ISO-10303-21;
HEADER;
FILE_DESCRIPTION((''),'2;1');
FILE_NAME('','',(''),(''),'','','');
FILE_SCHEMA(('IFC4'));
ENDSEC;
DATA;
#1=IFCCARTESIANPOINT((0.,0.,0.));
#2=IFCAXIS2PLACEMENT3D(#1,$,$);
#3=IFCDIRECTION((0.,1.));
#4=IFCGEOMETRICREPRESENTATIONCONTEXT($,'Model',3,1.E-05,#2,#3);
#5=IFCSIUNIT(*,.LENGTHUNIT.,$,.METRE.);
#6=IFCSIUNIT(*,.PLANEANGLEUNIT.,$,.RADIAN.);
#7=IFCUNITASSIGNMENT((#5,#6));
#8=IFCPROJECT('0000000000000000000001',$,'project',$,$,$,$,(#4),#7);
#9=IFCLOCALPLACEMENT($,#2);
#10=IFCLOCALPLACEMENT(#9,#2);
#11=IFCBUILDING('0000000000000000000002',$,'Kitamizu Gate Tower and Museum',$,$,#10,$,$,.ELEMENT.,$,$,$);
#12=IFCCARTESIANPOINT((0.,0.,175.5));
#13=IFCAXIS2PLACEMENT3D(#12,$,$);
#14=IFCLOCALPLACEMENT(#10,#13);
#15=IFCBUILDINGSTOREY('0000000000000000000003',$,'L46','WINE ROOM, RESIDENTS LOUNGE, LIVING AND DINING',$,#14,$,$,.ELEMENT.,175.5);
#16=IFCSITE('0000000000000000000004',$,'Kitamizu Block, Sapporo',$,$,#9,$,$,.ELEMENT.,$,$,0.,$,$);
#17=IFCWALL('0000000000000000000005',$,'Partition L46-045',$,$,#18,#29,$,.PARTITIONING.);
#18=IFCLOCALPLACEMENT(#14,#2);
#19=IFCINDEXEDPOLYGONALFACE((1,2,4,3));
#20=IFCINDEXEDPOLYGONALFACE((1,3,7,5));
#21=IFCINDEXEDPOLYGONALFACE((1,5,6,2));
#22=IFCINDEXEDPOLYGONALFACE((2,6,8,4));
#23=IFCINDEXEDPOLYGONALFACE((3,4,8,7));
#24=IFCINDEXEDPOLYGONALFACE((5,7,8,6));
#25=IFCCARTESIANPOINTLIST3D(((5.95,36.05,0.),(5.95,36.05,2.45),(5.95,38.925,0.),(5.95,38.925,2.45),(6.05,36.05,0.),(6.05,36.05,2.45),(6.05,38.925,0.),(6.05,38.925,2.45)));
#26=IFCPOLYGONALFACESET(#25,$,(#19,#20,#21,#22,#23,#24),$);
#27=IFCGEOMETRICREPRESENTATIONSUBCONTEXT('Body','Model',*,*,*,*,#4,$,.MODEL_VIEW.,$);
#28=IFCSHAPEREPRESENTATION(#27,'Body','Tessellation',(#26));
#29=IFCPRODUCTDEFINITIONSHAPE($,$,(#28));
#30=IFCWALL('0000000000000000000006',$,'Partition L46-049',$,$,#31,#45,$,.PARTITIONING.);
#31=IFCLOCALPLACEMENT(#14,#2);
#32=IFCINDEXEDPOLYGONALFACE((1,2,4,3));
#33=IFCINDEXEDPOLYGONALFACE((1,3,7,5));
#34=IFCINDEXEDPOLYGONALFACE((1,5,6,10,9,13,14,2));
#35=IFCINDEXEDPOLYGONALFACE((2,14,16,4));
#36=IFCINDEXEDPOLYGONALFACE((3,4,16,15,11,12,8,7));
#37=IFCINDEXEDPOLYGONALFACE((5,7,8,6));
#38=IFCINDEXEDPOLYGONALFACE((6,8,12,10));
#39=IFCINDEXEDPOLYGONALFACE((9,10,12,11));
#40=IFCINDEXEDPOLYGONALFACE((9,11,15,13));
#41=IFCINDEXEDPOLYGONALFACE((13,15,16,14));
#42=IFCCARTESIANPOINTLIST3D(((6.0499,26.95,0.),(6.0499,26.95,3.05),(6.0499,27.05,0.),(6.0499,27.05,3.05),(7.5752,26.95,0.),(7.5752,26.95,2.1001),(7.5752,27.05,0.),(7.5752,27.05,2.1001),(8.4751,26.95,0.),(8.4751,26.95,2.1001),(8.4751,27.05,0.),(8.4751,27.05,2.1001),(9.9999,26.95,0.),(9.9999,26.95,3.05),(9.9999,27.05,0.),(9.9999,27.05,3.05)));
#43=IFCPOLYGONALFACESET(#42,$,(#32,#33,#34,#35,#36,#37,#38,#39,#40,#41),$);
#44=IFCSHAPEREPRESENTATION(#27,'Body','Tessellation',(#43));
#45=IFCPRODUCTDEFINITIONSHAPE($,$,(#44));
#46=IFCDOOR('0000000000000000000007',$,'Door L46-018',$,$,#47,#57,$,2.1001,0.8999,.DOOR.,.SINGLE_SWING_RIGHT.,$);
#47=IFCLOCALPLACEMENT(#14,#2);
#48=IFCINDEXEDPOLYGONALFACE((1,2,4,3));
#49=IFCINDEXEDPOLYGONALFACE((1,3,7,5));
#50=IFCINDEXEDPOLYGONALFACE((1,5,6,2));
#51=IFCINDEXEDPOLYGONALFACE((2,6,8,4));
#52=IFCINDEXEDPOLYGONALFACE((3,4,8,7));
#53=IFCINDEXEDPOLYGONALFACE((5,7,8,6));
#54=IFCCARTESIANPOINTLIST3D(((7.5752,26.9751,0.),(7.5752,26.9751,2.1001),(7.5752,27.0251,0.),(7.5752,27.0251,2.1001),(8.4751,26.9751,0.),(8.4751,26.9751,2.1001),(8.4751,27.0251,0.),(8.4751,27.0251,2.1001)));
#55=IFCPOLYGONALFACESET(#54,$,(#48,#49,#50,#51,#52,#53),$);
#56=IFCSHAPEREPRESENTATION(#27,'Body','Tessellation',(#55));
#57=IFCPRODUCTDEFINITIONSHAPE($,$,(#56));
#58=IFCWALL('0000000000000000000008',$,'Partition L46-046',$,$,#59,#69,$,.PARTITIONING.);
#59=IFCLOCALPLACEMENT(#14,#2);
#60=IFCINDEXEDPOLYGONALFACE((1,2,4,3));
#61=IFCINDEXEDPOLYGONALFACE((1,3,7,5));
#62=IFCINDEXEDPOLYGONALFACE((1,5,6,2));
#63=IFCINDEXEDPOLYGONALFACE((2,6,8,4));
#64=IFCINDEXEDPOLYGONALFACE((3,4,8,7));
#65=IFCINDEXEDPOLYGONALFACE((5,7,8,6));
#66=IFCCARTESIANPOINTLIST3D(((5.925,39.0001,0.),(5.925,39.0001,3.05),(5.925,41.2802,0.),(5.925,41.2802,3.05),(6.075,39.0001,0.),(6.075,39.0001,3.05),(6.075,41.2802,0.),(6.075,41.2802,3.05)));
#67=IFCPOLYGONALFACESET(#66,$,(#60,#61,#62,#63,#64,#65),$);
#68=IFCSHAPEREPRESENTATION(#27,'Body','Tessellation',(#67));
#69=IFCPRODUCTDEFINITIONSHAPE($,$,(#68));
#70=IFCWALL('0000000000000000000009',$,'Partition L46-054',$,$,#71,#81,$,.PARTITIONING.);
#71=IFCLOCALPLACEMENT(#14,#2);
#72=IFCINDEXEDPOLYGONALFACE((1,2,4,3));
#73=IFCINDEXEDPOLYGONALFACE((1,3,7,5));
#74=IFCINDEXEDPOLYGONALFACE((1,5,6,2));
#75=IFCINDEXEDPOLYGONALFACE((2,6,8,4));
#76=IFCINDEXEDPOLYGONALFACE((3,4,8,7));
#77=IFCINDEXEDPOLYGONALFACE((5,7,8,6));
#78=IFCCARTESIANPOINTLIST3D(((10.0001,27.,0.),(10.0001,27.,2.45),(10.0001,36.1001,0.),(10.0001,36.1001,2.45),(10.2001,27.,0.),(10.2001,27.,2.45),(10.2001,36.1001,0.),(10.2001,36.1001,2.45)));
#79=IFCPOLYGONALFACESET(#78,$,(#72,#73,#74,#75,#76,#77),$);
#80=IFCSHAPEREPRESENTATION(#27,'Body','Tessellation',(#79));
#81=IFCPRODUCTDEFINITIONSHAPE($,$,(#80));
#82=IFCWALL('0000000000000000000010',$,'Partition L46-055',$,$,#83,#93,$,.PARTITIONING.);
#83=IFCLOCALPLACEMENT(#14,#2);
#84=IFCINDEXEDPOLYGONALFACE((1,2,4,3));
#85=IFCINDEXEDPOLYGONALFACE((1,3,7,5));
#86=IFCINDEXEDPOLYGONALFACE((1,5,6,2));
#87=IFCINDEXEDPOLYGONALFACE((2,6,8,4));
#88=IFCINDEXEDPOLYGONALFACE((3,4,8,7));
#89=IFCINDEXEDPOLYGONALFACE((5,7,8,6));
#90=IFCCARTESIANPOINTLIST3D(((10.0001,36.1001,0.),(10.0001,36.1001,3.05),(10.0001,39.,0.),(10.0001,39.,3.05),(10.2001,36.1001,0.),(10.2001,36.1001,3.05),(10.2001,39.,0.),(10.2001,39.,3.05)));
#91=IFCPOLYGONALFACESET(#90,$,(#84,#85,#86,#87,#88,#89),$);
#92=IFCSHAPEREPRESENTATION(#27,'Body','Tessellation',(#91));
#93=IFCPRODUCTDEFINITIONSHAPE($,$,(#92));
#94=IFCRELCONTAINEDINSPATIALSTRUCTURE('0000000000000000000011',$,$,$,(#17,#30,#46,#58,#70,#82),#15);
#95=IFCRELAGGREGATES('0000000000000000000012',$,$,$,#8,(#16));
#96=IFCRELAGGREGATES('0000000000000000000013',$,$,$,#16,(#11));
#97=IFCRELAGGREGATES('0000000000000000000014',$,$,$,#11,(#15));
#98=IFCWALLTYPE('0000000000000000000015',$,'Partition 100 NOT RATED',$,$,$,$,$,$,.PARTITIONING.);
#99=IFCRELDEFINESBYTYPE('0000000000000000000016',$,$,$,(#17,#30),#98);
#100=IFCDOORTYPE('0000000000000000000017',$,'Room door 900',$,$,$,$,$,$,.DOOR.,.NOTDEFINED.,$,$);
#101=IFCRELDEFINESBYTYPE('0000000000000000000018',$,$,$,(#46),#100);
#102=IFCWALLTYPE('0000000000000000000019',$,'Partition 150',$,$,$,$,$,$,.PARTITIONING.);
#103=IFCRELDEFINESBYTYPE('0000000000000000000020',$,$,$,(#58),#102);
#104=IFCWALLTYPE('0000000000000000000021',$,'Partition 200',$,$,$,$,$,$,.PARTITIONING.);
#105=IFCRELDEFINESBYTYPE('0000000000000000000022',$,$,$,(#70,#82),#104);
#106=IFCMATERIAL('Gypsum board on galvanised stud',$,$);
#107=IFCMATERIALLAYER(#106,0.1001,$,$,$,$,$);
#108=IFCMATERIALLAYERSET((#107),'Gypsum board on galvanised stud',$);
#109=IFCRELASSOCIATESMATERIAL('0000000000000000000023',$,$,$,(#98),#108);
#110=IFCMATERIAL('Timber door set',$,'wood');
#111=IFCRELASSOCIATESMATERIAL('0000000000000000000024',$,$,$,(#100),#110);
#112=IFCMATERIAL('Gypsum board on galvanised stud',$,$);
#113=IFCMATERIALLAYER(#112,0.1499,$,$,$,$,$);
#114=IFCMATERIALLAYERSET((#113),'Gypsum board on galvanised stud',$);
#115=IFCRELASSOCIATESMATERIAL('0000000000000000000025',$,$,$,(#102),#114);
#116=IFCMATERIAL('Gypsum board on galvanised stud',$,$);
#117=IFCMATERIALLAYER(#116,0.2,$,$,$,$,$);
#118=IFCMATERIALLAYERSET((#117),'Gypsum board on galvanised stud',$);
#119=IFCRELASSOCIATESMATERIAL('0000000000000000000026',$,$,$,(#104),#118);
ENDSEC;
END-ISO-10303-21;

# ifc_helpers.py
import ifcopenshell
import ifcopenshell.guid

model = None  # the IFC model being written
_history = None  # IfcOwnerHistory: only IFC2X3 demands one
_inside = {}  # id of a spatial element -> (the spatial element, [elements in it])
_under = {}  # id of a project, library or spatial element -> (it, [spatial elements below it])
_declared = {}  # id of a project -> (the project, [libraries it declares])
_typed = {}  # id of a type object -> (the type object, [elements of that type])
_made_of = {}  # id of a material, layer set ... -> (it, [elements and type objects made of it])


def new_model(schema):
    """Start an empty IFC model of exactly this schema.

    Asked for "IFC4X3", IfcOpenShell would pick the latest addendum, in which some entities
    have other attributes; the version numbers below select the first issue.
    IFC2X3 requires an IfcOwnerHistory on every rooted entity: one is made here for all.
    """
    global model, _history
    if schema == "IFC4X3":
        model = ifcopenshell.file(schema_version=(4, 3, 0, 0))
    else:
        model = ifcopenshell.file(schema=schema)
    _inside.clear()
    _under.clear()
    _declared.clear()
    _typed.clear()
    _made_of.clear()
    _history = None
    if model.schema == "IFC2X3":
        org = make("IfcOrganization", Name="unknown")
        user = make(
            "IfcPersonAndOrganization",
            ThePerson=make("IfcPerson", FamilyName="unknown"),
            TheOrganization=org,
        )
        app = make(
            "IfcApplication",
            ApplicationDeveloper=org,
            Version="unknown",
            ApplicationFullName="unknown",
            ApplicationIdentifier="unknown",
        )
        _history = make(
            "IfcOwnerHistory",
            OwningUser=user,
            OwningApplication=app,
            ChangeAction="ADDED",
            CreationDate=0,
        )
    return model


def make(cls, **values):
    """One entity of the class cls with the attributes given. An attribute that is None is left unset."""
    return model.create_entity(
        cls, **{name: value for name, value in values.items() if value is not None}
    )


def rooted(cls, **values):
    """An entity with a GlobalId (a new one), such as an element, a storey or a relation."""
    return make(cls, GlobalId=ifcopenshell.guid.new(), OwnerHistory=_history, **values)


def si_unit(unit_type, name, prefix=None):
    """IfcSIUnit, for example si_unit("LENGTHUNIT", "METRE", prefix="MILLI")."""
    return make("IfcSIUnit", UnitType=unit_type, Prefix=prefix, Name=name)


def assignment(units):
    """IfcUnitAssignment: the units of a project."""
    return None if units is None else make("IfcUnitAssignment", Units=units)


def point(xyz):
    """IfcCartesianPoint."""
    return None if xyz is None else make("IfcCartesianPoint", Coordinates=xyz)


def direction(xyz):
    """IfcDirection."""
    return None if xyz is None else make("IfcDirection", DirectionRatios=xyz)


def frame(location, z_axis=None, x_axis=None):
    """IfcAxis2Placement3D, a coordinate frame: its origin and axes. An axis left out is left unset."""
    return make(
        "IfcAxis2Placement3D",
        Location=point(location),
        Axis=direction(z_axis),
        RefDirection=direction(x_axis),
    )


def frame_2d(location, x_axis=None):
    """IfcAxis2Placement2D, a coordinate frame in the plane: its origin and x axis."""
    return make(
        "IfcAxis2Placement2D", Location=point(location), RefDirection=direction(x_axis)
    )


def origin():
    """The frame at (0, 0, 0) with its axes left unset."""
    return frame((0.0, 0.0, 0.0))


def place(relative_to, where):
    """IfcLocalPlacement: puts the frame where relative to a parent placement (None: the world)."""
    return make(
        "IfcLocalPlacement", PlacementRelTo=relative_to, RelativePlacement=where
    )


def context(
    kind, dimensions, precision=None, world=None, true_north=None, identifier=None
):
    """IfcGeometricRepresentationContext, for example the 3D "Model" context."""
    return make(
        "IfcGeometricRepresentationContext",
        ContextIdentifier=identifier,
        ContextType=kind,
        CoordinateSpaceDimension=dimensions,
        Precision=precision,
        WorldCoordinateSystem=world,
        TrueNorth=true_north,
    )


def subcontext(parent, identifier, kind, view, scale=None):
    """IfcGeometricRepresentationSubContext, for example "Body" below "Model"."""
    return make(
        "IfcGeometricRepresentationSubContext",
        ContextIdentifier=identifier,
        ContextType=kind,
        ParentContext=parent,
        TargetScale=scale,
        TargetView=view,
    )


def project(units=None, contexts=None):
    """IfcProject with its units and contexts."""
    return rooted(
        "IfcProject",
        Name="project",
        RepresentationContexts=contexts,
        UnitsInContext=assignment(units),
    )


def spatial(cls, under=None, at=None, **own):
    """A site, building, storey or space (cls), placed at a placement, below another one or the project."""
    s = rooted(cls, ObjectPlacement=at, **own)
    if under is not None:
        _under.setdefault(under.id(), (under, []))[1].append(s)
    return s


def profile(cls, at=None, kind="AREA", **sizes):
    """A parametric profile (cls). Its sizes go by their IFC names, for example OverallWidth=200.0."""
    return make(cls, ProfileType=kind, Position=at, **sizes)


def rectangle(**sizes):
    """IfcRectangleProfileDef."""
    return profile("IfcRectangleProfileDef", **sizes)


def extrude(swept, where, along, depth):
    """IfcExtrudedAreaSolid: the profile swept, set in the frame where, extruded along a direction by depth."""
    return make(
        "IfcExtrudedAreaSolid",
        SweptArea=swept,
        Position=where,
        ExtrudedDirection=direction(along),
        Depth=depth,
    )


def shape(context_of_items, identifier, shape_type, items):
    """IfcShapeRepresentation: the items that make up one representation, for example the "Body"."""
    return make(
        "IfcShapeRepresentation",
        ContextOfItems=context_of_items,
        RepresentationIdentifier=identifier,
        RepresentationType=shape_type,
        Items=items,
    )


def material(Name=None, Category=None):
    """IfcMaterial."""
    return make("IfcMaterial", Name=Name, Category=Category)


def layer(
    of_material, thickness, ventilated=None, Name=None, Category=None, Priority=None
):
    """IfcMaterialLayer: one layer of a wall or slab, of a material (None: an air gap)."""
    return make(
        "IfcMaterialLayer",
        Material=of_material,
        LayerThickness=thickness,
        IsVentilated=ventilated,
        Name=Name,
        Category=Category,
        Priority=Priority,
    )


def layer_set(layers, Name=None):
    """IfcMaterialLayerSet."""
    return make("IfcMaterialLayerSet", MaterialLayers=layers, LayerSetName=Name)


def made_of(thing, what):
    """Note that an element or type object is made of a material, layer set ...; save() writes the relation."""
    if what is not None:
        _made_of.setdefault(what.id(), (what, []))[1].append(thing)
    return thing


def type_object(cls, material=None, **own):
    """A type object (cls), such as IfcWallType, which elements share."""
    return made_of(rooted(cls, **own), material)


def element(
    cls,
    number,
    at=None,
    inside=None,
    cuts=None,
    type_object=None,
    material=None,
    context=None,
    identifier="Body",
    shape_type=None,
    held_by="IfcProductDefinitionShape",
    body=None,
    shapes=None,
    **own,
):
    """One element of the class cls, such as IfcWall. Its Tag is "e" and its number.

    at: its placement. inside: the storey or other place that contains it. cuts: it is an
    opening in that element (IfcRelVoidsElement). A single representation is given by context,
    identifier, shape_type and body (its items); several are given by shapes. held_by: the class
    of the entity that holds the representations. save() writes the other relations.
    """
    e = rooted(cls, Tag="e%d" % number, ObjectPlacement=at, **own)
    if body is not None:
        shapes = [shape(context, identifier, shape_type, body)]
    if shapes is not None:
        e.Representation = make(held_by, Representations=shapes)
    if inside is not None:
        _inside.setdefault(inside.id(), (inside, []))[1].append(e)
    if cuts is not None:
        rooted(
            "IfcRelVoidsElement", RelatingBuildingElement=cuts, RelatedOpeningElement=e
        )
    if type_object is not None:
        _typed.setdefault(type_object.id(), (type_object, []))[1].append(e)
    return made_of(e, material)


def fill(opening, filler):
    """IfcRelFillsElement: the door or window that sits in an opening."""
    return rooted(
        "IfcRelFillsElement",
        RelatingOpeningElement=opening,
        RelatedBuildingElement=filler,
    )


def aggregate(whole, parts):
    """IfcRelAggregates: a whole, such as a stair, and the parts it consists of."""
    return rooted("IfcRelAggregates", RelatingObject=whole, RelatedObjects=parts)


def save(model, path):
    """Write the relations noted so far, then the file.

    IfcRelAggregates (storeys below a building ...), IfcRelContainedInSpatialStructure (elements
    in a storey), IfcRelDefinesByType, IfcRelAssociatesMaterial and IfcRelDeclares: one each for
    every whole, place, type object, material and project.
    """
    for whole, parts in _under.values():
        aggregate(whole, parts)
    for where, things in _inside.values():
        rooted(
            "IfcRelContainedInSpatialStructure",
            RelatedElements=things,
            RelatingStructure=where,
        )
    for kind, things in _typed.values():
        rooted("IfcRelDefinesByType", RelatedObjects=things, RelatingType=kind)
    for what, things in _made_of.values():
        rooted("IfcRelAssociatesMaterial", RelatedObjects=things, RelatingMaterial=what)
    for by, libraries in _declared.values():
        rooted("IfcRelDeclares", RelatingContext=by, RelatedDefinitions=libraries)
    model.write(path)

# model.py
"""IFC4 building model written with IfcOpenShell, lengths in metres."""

from ifc_helpers import new_model, si_unit, direction, frame, frame_2d, origin, place, context, subcontext, project, spatial, rectangle, extrude, material, layer, layer_set, type_object, element, fill, save


model = new_model("IFC4")

# Units and contexts
model_context = context("Model", 3, precision=1e-05, world=origin(), true_north=direction((0.0, 1.0)))
body_context = subcontext(model_context, "Body", "Model", "MODEL_VIEW")
ifc_project = project(units=[si_unit("LENGTHUNIT", "METRE"), si_unit("PLANEANGLEUNIT", "RADIAN")], contexts=[model_context])

# Site, building, storey
site_placement = place(None, origin())
site = spatial("IfcSite", under=ifc_project, at=site_placement, Name="Kitamizu Block, Sapporo", CompositionType="ELEMENT", RefElevation=0.0)
building_placement = place(site_placement, origin())
building = spatial("IfcBuilding", under=site, at=building_placement, Name="Kitamizu Gate Tower and Museum", CompositionType="ELEMENT")
storey_placement = place(building_placement, frame((0.0, 0.0, 175.5)))
storey = spatial("IfcBuildingStorey", under=building, at=storey_placement, Name="L46", Description="WINE ROOM, RESIDENTS LOUNGE, LIVING AND DINING", CompositionType="ELEMENT", Elevation=175.5)

# Shared definitions
ifc_material_1 = material(Name="Gypsum board on galvanised stud")
ifc_layer_1 = layer(ifc_material_1, 0.1001)
ifc_layer_set_1 = layer_set([ifc_layer_1], Name="Gypsum board on galvanised stud")
wall_type_1 = type_object("IfcWallType", Name="Partition 100 NOT RATED", PredefinedType="PARTITIONING", material=ifc_layer_set_1)
ifc_material_2 = material(Name="Timber door set", Category="wood")
door_type = type_object("IfcDoorType", Name="Room door 900", OperationType="NOTDEFINED", PredefinedType="DOOR", material=ifc_material_2)

# Wall
wall_1_placement = place(storey_placement, frame((6.0, 36.05, 0.0), z_axis=(0.0, 0.0, 1.0), x_axis=(0.0, 1.0, 0.0)))
element("IfcWall", 1, at=wall_1_placement, inside=storey, type_object=wall_type_1, Name="Partition L46-045", PredefinedType="PARTITIONING", context=body_context, shape_type="SweptSolid", body=[
    extrude(rectangle(XDim=2.875, YDim=0.1001, at=frame_2d((1.4375, 0.0))), origin(), (0.0, 0.0, 1.0), 2.45),
])

# Wall, opening, door
wall_2_placement = place(storey_placement, frame((10.0, 27.0, 0.0), z_axis=(0.0, 0.0, 1.0), x_axis=(-1.0, 0.0, 0.0)))
wall_2 = element("IfcWall", 2, at=wall_2_placement, inside=storey, type_object=wall_type_1, Name="Partition L46-049", PredefinedType="PARTITIONING", context=body_context, shape_type="SweptSolid", body=[
    extrude(rectangle(XDim=3.95, YDim=0.1001, at=frame_2d((1.9751, 0.0))), origin(), (0.0, 0.0, 1.0), 3.05),
])
opening_1_placement = place(wall_2_placement, frame((1.5249, 0.0, 0.0)))
opening_1 = element("IfcOpeningElement", 3, at=opening_1_placement, cuts=wall_2, PredefinedType="OPENING", context=body_context, shape_type="SweptSolid", body=[
    extrude(rectangle(XDim=0.8999, YDim=2.1001, at=frame_2d((0.45, 1.05))), frame((0.0, 0.0601, 0.0), z_axis=(0.0, -1.0, 0.0), x_axis=(1.0, 0.0, 0.0)), (0.0, 0.0, 1.0), 0.1201),
])
door_1_placement = place(opening_1_placement, origin())
door_1 = element("IfcDoor", 4, at=door_1_placement, inside=storey, type_object=door_type, Name="Door L46-018", OperationType="SINGLE_SWING_RIGHT", OverallHeight=2.1001, OverallWidth=0.8999, PredefinedType="DOOR", context=body_context, shape_type="SweptSolid", body=[
    extrude(rectangle(XDim=0.8999, YDim=2.1001, at=frame_2d((0.45, 1.05))), frame((0.0, 0.0249, 0.0), z_axis=(0.0, -1.0, 0.0), x_axis=(1.0, 0.0, 0.0)), (0.0, 0.0, 1.0), 0.05),
])
fill(opening_1, door_1)

# Walls
ifc_material_3 = material(Name="Gypsum board on galvanised stud")
ifc_layer_2 = layer(ifc_material_3, 0.1499)
ifc_layer_set_2 = layer_set([ifc_layer_2], Name="Gypsum board on galvanised stud")
wall_type_2 = type_object("IfcWallType", Name="Partition 150", PredefinedType="PARTITIONING", material=ifc_layer_set_2)
wall_3_placement = place(storey_placement, frame((6.0, 39.0, 0.0), z_axis=(0.0, 0.0, 1.0), x_axis=(0.0, 1.0, 0.0)))
element("IfcWall", 5, at=wall_3_placement, inside=storey, type_object=wall_type_2, Name="Partition L46-046", PredefinedType="PARTITIONING", context=body_context, shape_type="SweptSolid", body=[
    extrude(rectangle(XDim=2.28, YDim=0.1499, at=frame_2d((1.1401, 0.0))), origin(), (0.0, 0.0, 1.0), 3.05),
])
ifc_material_4 = material(Name="Gypsum board on galvanised stud")
ifc_layer_3 = layer(ifc_material_4, 0.2)
ifc_layer_set_3 = layer_set([ifc_layer_3], Name="Gypsum board on galvanised stud")
wall_type_3 = type_object("IfcWallType", Name="Partition 200", PredefinedType="PARTITIONING", material=ifc_layer_set_3)
wall_4_placement = place(storey_placement, frame((10.1001, 27.0, 0.0), z_axis=(0.0, 0.0, 1.0), x_axis=(0.0, 1.0, 0.0)))
element("IfcWall", 6, at=wall_4_placement, inside=storey, type_object=wall_type_3, Name="Partition L46-054", PredefinedType="PARTITIONING", context=body_context, shape_type="SweptSolid", body=[
    extrude(rectangle(XDim=9.1001, YDim=0.2, at=frame_2d((4.55, 0.0))), origin(), (0.0, 0.0, 1.0), 2.45),
])
wall_5_placement = place(storey_placement, frame((10.1001, 36.1001, 0.0), z_axis=(0.0, 0.0, 1.0), x_axis=(0.0, 1.0, 0.0)))
element("IfcWall", 7, at=wall_5_placement, inside=storey, type_object=wall_type_3, Name="Partition L46-055", PredefinedType="PARTITIONING", context=body_context, shape_type="SweptSolid", body=[
    extrude(rectangle(XDim=2.8999, YDim=0.2, at=frame_2d((1.45, 0.0))), origin(), (0.0, 0.0, 1.0), 3.05),
])

save(model, "model.ifc")
